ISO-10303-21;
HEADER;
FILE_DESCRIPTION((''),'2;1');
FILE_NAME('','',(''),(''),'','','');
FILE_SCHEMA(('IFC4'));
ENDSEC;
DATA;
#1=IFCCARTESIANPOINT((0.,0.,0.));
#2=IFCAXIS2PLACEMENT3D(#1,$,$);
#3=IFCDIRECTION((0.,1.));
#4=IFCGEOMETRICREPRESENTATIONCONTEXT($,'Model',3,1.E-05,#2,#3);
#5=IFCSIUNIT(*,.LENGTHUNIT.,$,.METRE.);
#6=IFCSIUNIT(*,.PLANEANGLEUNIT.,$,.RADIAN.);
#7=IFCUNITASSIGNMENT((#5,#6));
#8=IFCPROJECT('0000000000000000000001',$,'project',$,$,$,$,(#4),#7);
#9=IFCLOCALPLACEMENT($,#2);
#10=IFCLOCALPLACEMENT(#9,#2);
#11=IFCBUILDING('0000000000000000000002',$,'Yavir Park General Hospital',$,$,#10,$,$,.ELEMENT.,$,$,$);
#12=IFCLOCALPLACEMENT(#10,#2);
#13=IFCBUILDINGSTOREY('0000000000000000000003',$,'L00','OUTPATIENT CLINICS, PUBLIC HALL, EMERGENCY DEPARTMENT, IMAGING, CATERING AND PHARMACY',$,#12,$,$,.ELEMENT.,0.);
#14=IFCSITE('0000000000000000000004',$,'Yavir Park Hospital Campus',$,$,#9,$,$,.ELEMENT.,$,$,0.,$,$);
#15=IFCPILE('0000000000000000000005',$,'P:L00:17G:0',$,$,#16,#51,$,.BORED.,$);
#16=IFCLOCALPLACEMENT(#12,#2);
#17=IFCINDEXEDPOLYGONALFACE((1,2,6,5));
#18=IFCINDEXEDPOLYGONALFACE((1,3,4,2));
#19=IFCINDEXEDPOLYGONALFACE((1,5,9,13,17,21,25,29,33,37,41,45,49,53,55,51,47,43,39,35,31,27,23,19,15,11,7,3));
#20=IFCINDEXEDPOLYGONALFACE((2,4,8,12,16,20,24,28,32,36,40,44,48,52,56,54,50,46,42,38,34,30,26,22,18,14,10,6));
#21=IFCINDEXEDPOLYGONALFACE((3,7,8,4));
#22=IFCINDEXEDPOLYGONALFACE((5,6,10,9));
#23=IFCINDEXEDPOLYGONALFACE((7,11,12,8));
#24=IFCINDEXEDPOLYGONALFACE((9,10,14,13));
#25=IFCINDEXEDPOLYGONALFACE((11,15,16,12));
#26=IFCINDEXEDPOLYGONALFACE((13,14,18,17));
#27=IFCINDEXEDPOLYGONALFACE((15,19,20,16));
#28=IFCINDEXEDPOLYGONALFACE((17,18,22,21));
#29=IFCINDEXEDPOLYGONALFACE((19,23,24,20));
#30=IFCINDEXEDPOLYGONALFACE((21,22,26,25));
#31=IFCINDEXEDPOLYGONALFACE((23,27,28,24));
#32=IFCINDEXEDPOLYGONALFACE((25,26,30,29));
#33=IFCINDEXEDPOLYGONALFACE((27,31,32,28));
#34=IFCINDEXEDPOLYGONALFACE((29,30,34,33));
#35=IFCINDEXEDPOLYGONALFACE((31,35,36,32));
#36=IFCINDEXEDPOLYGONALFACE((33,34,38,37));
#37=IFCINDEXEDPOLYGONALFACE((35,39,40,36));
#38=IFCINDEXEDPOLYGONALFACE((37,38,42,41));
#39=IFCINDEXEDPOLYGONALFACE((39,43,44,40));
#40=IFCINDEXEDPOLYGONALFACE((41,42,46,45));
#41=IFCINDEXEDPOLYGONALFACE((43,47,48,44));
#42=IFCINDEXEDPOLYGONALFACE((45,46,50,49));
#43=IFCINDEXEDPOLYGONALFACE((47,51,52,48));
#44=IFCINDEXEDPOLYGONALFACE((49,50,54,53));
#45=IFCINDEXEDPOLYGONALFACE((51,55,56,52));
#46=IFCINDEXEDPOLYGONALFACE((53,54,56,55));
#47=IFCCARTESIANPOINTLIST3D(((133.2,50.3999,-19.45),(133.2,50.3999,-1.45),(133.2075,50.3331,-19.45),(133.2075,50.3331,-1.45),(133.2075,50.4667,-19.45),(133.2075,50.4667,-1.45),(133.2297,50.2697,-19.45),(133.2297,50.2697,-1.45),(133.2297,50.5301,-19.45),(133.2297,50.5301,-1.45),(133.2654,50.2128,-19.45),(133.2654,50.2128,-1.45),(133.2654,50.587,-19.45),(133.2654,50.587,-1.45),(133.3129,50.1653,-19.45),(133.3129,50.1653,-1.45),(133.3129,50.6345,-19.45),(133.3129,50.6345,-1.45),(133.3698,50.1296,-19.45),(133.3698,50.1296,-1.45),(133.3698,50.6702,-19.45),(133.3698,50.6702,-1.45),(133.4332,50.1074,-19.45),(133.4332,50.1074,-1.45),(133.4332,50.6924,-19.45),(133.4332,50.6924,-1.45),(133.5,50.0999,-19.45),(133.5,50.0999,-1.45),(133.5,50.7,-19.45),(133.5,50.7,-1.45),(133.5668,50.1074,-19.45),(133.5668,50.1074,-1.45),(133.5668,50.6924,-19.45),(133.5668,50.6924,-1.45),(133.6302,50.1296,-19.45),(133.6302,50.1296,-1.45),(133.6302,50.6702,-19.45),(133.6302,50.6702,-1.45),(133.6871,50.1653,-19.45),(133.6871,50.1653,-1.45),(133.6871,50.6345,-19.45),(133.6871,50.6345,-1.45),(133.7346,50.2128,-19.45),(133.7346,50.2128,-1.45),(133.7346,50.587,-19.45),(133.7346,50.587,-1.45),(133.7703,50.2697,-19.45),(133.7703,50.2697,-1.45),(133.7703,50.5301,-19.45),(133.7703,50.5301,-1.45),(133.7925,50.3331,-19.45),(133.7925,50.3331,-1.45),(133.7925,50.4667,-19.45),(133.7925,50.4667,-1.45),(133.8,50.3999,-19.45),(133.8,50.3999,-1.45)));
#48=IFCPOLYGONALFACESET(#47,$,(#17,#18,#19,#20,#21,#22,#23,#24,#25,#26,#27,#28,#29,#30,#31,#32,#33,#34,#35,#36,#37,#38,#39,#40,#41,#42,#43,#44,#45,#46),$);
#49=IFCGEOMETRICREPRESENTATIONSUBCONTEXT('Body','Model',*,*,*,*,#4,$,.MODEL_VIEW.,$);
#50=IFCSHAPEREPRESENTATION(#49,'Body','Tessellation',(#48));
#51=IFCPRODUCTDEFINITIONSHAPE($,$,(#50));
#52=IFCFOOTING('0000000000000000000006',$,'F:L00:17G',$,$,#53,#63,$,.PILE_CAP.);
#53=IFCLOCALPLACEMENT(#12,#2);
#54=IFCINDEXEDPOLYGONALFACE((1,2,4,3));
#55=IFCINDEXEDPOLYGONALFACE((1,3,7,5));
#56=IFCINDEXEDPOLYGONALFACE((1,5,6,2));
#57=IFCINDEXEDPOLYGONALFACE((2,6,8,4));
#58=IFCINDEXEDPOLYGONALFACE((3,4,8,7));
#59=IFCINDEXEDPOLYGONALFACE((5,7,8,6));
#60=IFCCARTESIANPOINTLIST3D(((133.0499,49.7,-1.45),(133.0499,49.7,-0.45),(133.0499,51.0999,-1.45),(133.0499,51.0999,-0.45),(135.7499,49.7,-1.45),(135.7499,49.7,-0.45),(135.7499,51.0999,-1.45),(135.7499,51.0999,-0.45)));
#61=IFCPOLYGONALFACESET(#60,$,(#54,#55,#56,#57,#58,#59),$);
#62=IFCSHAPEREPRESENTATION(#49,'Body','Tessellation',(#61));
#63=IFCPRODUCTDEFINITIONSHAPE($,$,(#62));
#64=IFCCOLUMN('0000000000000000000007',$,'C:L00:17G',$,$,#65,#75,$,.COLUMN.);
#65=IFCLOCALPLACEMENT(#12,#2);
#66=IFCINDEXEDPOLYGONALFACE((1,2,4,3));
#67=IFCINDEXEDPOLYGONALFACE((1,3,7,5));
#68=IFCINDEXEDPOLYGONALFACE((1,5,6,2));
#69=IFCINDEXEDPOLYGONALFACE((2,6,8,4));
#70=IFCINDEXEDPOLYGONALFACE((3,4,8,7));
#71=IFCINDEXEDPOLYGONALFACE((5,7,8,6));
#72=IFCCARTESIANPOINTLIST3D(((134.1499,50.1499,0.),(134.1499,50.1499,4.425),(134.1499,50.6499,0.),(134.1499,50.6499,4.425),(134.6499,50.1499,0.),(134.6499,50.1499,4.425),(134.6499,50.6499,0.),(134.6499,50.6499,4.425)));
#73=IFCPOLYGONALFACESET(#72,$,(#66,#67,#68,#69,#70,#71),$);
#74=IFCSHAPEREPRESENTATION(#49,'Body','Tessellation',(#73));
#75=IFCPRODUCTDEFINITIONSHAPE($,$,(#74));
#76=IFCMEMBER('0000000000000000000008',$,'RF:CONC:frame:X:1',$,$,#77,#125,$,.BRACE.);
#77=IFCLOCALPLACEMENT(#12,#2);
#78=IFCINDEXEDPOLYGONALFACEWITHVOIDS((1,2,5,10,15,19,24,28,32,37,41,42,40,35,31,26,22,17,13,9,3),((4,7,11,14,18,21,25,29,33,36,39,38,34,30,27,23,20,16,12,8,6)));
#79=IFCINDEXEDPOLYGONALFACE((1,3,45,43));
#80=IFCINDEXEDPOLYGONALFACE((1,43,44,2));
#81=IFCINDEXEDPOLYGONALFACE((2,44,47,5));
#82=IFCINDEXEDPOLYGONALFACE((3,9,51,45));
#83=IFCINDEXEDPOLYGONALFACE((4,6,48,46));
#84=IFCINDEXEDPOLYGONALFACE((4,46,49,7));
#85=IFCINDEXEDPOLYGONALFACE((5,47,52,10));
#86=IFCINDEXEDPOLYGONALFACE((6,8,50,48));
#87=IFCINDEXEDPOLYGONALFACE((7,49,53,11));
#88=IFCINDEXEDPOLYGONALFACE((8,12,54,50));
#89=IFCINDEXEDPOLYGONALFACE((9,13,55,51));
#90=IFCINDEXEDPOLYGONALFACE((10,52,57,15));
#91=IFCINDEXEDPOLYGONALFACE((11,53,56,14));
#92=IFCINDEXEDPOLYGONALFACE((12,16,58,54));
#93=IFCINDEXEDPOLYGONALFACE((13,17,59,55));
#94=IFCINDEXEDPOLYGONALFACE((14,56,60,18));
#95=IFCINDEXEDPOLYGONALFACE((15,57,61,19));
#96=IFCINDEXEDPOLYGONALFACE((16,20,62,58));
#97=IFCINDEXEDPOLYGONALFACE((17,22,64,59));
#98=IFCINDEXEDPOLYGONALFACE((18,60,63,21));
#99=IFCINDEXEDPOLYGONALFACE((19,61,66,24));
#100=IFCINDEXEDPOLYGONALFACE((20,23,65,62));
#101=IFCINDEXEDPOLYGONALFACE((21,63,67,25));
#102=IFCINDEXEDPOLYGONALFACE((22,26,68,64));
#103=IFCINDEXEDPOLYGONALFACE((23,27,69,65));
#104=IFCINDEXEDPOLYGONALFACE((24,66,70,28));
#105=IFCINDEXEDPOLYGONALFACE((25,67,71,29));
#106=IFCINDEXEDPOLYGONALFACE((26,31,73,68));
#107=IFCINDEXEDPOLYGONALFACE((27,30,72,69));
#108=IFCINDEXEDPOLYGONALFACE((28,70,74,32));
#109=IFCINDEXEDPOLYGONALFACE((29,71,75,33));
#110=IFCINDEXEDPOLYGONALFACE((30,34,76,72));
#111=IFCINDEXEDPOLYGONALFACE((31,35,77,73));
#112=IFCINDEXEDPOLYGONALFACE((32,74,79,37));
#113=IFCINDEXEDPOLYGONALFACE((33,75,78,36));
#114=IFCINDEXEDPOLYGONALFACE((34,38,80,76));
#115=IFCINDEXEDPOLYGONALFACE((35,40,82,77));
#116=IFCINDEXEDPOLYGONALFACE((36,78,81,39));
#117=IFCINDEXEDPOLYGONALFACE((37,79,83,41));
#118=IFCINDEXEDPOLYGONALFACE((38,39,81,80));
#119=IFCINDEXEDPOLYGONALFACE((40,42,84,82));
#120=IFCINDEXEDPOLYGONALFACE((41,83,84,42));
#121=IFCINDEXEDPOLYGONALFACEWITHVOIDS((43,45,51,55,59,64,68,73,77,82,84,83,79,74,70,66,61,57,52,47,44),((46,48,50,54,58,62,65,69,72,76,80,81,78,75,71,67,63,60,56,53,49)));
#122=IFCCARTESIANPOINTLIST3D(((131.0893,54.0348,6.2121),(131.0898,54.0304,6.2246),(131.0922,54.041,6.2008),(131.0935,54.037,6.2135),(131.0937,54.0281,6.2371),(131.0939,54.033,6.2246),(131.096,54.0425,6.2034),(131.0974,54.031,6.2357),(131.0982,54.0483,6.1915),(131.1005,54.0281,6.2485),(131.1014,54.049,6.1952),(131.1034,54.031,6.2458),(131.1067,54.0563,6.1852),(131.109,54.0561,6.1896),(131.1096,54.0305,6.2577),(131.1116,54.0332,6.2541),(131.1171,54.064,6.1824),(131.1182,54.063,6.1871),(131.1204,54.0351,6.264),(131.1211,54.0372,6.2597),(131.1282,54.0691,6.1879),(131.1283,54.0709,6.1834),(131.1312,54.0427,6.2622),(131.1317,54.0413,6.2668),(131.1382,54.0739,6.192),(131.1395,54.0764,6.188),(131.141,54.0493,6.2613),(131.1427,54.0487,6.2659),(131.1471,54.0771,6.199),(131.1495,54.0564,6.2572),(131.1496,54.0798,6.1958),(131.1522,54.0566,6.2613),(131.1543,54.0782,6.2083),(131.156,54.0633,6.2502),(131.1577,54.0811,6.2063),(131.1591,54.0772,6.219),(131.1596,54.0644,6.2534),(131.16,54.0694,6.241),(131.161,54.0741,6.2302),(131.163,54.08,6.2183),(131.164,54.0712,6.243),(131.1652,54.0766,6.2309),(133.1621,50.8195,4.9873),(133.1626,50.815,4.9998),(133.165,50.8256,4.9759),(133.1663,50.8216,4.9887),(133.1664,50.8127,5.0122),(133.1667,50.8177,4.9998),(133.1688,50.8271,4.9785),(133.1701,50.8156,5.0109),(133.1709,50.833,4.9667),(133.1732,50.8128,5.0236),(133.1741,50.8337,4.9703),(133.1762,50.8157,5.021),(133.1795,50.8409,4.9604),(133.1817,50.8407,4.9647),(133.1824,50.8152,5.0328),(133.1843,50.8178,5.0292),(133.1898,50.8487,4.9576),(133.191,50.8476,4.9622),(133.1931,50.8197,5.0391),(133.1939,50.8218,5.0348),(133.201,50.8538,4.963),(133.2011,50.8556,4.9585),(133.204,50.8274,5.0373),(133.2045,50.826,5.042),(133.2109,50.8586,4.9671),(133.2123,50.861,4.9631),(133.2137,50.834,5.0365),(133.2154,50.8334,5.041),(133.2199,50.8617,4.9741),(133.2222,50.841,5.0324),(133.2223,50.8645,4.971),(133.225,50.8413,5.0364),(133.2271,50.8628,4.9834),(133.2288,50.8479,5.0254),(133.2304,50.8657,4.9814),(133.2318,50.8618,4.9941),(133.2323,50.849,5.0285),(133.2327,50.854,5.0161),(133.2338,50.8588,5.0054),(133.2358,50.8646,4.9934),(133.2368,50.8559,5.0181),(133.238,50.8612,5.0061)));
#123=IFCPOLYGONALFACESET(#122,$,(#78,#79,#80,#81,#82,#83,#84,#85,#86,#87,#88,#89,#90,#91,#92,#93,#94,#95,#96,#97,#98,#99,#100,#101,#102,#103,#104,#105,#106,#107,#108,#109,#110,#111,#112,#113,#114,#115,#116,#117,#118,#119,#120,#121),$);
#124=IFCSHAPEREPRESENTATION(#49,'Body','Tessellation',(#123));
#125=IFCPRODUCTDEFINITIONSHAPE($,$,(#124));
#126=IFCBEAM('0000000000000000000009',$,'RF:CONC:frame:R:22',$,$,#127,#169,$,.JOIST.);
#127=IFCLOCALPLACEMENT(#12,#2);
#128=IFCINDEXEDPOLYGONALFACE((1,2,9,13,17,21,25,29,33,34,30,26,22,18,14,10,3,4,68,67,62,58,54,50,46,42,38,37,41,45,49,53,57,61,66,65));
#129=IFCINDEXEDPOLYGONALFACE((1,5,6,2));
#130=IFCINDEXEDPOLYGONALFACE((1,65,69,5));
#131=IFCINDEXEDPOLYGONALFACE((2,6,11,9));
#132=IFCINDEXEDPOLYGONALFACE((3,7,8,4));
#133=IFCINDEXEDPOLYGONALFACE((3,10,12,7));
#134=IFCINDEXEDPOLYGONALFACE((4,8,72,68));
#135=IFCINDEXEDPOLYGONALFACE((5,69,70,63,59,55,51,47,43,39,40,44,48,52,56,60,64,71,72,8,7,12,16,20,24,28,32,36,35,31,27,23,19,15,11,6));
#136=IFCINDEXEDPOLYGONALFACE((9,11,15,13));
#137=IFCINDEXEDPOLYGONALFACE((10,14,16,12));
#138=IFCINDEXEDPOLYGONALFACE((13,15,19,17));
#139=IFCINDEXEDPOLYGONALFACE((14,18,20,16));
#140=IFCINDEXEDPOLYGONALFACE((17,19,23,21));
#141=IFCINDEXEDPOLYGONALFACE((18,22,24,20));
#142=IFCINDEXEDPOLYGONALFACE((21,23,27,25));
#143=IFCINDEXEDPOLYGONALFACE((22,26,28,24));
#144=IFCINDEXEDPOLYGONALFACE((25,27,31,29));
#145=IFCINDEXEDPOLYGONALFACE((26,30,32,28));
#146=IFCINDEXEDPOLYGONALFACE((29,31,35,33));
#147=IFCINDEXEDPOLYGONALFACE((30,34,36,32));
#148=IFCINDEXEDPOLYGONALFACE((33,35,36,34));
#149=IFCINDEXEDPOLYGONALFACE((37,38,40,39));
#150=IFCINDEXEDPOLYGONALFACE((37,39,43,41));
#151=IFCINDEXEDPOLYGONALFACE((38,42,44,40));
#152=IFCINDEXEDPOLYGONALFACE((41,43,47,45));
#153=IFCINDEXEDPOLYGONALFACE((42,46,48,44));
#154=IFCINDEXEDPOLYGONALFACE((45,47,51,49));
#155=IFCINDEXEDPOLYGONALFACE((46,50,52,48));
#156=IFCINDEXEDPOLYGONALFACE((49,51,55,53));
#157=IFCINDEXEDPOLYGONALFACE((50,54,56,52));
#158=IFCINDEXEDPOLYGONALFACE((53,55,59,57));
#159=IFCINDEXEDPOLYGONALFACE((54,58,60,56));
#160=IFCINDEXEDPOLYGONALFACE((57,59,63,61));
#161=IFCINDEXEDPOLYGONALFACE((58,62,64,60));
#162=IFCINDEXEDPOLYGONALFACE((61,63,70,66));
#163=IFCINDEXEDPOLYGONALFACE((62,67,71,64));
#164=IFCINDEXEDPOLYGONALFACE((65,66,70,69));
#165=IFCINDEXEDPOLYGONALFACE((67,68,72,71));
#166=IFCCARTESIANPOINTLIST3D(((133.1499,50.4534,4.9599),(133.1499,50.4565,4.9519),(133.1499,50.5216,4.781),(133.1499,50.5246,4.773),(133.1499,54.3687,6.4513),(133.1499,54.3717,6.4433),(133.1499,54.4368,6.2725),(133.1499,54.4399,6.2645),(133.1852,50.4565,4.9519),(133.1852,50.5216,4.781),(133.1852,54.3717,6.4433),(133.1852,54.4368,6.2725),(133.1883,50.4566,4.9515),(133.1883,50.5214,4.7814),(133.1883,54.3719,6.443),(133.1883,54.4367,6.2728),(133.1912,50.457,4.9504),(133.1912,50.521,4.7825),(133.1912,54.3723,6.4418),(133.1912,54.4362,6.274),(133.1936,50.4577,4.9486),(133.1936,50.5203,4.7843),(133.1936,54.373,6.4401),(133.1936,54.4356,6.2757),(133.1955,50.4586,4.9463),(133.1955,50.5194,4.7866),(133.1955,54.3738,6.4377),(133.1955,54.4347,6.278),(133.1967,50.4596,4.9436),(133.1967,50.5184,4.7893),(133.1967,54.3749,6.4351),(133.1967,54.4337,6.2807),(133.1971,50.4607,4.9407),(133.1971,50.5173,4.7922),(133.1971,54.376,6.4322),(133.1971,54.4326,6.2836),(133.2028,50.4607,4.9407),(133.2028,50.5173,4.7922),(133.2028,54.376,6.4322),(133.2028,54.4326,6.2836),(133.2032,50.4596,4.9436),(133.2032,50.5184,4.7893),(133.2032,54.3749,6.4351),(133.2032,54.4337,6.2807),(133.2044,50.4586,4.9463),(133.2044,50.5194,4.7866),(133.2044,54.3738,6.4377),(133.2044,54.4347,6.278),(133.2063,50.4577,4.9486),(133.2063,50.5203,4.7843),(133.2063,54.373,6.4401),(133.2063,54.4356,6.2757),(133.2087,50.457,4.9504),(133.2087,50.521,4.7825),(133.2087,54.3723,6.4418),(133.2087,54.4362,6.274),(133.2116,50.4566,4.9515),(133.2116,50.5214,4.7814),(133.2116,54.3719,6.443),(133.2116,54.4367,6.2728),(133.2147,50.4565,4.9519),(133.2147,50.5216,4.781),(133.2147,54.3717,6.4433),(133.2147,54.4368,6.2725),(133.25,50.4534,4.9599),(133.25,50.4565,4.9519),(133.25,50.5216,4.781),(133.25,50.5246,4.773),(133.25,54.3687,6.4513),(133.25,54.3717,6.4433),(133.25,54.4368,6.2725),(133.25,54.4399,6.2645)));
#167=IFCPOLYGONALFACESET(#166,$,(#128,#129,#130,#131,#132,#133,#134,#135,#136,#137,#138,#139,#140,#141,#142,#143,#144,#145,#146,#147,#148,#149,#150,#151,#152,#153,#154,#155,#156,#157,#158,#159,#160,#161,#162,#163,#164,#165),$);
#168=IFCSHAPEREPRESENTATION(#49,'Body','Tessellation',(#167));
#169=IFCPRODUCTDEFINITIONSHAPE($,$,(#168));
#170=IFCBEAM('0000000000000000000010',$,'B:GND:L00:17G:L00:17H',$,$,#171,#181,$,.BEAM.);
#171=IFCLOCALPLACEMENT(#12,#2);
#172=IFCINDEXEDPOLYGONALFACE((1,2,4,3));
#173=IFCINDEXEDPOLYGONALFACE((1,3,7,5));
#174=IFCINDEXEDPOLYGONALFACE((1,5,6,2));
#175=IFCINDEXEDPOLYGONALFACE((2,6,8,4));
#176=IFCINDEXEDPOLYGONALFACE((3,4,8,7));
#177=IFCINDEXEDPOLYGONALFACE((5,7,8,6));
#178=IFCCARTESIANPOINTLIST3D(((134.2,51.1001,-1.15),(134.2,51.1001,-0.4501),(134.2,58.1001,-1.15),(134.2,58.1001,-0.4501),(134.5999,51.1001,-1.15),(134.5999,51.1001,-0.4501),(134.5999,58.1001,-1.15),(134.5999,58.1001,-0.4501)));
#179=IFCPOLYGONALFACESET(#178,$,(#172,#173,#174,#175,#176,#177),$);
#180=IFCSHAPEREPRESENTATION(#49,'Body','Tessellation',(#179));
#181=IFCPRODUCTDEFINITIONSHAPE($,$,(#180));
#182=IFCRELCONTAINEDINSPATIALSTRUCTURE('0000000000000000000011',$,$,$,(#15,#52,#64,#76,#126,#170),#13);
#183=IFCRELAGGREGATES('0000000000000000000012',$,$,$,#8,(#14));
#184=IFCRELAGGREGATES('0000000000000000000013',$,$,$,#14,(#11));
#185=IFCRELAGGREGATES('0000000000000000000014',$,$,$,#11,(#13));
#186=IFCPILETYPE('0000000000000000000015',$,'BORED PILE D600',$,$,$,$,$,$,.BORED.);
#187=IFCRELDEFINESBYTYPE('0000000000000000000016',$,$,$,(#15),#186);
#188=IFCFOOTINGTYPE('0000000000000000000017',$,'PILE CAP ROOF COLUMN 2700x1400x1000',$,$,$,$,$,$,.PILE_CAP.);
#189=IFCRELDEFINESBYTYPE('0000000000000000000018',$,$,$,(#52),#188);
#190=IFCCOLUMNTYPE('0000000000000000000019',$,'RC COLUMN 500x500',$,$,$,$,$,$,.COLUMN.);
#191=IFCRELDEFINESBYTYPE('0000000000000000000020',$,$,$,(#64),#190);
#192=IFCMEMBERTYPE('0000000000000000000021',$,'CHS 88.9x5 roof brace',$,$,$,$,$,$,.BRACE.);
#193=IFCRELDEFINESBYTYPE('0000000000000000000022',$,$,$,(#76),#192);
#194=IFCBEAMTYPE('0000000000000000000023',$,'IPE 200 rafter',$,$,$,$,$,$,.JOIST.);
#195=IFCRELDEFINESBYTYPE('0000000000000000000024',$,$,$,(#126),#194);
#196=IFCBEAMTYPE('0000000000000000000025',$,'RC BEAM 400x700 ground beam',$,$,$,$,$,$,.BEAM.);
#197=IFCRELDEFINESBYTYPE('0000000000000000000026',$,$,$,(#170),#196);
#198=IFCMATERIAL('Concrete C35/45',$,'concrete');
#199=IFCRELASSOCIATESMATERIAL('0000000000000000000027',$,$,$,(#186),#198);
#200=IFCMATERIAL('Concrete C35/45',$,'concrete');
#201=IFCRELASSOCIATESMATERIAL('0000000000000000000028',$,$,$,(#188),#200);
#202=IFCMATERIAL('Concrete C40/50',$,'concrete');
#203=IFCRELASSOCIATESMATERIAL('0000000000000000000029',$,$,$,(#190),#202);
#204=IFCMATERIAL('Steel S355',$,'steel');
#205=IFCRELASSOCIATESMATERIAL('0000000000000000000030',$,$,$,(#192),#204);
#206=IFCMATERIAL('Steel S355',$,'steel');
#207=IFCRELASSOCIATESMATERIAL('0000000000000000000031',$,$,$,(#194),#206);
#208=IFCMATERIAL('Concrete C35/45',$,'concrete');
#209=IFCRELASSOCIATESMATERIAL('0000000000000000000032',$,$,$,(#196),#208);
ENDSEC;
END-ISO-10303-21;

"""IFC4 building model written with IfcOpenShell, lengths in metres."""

from ifc_helpers import new_model, si_unit, direction, frame, origin, origin_2d, place, context, subcontext, project, spatial, rectangle, circle, hollow_circle, i_section, extrude, material, material_profile, profile_set, type_object, element, save


model = new_model("IFC4")

# Units and contexts
model_context = context("Model", 3, precision=1e-05, world=origin(), true_north=direction((0.0, 1.0)))
body_context = subcontext(model_context, "Body", "Model", "MODEL_VIEW")
ifc_project = project(units=[si_unit("LENGTHUNIT", "METRE"), si_unit("PLANEANGLEUNIT", "RADIAN")], contexts=[model_context])

# Site, building, storey
site_placement = place(None, origin())
site = spatial("IfcSite", under=ifc_project, at=site_placement, Name="Yavir Park Hospital Campus", CompositionType="ELEMENT", RefElevation=0.0)
building_placement = place(site_placement, origin())
building = spatial("IfcBuilding", under=site, at=building_placement, Name="Yavir Park General Hospital", CompositionType="ELEMENT")
storey_placement = place(building_placement, origin())
storey = spatial("IfcBuildingStorey", under=building, at=storey_placement, Name="L00", Description="OUTPATIENT CLINICS, PUBLIC HALL, EMERGENCY DEPARTMENT, IMAGING, CATERING AND PHARMACY", CompositionType="ELEMENT", Elevation=0.0)

# Pile
ifc_material_1 = material(Name="Concrete C35/45", Category="concrete")
ifc_material_profile_1 = material_profile(ifc_material_1, circle(Radius=0.3, at=origin_2d()), Name="D600")
ifc_profile_set_1 = profile_set([ifc_material_profile_1], Name="Concrete C35/45")
pile_type = type_object("IfcPileType", Name="BORED PILE D600", PredefinedType="BORED", material=ifc_profile_set_1)
pile_placement = place(storey_placement, frame((133.5, 50.3999, -1.45), z_axis=(0.0, 0.0, -1.0), x_axis=(1.0, 0.0, 0.0)))
element("IfcPile", 1, at=pile_placement, inside=storey, type_object=pile_type, Name="P:L00:17G:0", PredefinedType="BORED", context=body_context, shape_type="SweptSolid", body=[
    extrude(circle(Radius=0.3, at=origin_2d()), origin(), (0.0, 0.0, 1.0), 18.0),
])

# Footing
ifc_material_2 = material(Name="Concrete C35/45", Category="concrete")
footing_type = type_object("IfcFootingType", Name="PILE CAP ROOF COLUMN 2700x1400x1000", PredefinedType="PILE_CAP", material=ifc_material_2)
footing_placement = place(storey_placement, frame((134.3999, 50.3999, -1.45), z_axis=(0.0, 0.0, 1.0), x_axis=(1.0, 0.0, 0.0)))
element("IfcFooting", 2, at=footing_placement, inside=storey, type_object=footing_type, Name="F:L00:17G", PredefinedType="PILE_CAP", context=body_context, shape_type="SweptSolid", body=[
    extrude(rectangle(XDim=2.7, YDim=1.3999, at=origin_2d()), origin(), (0.0, 0.0, 1.0), 1.0),
])

# Column
ifc_material_3 = material(Name="Concrete C40/50", Category="concrete")
ifc_material_profile_2 = material_profile(ifc_material_3, rectangle(XDim=0.5, YDim=0.5, at=origin_2d()), Name="RC500x500")
ifc_profile_set_2 = profile_set([ifc_material_profile_2], Name="Concrete C40/50")
column_type = type_object("IfcColumnType", Name="RC COLUMN 500x500", PredefinedType="COLUMN", material=ifc_profile_set_2)
column_placement = place(storey_placement, frame((134.3999, 50.3999, 0.0), z_axis=(0.0, 0.0, 1.0), x_axis=(1.0, 0.0, 0.0)))
element("IfcColumn", 3, at=column_placement, inside=storey, type_object=column_type, Name="C:L00:17G", PredefinedType="COLUMN", context=body_context, shape_type="SweptSolid", body=[
    extrude(rectangle(XDim=0.5, YDim=0.5, at=origin_2d()), origin(), (0.0, 0.0, 1.0), 4.425),
])

# Member
ifc_material_4 = material(Name="Steel S355", Category="steel")
ifc_material_profile_3 = material_profile(ifc_material_4, hollow_circle(Radius=0.0444, WallThickness=0.0049, at=origin_2d()), Name="CHS88.9x5")
ifc_profile_set_3 = profile_set([ifc_material_profile_3], Name="Steel S355")
member_type_1 = type_object("IfcMemberType", Name="CHS 88.9x5 roof brace", PredefinedType="BRACE", material=ifc_profile_set_3)
member_1_placement = place(storey_placement, frame((133.2, 50.8391, 4.9998), z_axis=(-0.516017, 0.800465, 0.30493), x_axis=(-0.840494, -0.541822, 0.0)))
element("IfcMember", 4, at=member_1_placement, inside=storey, type_object=member_type_1, Name="RF:CONC:frame:X:1", PredefinedType="BRACE", context=body_context, shape_type="SweptSolid", body=[
    extrude(hollow_circle(Radius=0.0444, WallThickness=0.0049, at=origin_2d()), origin(), (0.0, 0.0, 1.0), 4.0168),
])

# Beams
ifc_material_5 = material(Name="Steel S355", Category="steel")
ifc_material_profile_4 = material_profile(ifc_material_5, i_section(OverallWidth=0.1001, OverallDepth=0.2, WebThickness=0.0056, FlangeThickness=0.0085, FilletRadius=0.012, at=origin_2d()), Name="IPE200")
ifc_profile_set_4 = profile_set([ifc_material_profile_4], Name="Steel S355")
beam_type_1 = type_object("IfcBeamType", Name="IPE 200 rafter", PredefinedType="JOIST", material=ifc_profile_set_4)
beam_1_placement = place(storey_placement, frame((133.2, 50.489, 4.8665), z_axis=(0.0, 0.934494, 0.355978), x_axis=(-1.0, 0.0, 0.0)))
element("IfcBeam", 5, at=beam_1_placement, inside=storey, type_object=beam_type_1, Name="RF:CONC:frame:R:22", PredefinedType="JOIST", context=body_context, shape_type="SweptSolid", body=[
    extrude(i_section(OverallWidth=0.1001, OverallDepth=0.2, WebThickness=0.0056, FlangeThickness=0.0085, FilletRadius=0.012, at=origin_2d()), origin(), (0.0, 0.0, 1.0), 4.1897),
])
ifc_material_6 = material(Name="Concrete C35/45", Category="concrete")
ifc_material_profile_5 = material_profile(ifc_material_6, rectangle(XDim=0.3999, YDim=0.7, at=origin_2d()), Name="RC400x700")
ifc_profile_set_5 = profile_set([ifc_material_profile_5], Name="Concrete C35/45")
beam_type_2 = type_object("IfcBeamType", Name="RC BEAM 400x700 ground beam", PredefinedType="BEAM", material=ifc_profile_set_5)
beam_2_placement = place(storey_placement, frame((134.3999, 51.1001, -0.8), z_axis=(0.0, 1.0, 0.0), x_axis=(-1.0, 0.0, 0.0)))
element("IfcBeam", 6, at=beam_2_placement, inside=storey, type_object=beam_type_2, Name="B:GND:L00:17G:L00:17H", PredefinedType="BEAM", context=body_context, shape_type="SweptSolid", body=[
    extrude(rectangle(XDim=0.3999, YDim=0.7, at=origin_2d()), origin(), (0.0, 0.0, 1.0), 7.0),
])

save(model, "model.ifc")
